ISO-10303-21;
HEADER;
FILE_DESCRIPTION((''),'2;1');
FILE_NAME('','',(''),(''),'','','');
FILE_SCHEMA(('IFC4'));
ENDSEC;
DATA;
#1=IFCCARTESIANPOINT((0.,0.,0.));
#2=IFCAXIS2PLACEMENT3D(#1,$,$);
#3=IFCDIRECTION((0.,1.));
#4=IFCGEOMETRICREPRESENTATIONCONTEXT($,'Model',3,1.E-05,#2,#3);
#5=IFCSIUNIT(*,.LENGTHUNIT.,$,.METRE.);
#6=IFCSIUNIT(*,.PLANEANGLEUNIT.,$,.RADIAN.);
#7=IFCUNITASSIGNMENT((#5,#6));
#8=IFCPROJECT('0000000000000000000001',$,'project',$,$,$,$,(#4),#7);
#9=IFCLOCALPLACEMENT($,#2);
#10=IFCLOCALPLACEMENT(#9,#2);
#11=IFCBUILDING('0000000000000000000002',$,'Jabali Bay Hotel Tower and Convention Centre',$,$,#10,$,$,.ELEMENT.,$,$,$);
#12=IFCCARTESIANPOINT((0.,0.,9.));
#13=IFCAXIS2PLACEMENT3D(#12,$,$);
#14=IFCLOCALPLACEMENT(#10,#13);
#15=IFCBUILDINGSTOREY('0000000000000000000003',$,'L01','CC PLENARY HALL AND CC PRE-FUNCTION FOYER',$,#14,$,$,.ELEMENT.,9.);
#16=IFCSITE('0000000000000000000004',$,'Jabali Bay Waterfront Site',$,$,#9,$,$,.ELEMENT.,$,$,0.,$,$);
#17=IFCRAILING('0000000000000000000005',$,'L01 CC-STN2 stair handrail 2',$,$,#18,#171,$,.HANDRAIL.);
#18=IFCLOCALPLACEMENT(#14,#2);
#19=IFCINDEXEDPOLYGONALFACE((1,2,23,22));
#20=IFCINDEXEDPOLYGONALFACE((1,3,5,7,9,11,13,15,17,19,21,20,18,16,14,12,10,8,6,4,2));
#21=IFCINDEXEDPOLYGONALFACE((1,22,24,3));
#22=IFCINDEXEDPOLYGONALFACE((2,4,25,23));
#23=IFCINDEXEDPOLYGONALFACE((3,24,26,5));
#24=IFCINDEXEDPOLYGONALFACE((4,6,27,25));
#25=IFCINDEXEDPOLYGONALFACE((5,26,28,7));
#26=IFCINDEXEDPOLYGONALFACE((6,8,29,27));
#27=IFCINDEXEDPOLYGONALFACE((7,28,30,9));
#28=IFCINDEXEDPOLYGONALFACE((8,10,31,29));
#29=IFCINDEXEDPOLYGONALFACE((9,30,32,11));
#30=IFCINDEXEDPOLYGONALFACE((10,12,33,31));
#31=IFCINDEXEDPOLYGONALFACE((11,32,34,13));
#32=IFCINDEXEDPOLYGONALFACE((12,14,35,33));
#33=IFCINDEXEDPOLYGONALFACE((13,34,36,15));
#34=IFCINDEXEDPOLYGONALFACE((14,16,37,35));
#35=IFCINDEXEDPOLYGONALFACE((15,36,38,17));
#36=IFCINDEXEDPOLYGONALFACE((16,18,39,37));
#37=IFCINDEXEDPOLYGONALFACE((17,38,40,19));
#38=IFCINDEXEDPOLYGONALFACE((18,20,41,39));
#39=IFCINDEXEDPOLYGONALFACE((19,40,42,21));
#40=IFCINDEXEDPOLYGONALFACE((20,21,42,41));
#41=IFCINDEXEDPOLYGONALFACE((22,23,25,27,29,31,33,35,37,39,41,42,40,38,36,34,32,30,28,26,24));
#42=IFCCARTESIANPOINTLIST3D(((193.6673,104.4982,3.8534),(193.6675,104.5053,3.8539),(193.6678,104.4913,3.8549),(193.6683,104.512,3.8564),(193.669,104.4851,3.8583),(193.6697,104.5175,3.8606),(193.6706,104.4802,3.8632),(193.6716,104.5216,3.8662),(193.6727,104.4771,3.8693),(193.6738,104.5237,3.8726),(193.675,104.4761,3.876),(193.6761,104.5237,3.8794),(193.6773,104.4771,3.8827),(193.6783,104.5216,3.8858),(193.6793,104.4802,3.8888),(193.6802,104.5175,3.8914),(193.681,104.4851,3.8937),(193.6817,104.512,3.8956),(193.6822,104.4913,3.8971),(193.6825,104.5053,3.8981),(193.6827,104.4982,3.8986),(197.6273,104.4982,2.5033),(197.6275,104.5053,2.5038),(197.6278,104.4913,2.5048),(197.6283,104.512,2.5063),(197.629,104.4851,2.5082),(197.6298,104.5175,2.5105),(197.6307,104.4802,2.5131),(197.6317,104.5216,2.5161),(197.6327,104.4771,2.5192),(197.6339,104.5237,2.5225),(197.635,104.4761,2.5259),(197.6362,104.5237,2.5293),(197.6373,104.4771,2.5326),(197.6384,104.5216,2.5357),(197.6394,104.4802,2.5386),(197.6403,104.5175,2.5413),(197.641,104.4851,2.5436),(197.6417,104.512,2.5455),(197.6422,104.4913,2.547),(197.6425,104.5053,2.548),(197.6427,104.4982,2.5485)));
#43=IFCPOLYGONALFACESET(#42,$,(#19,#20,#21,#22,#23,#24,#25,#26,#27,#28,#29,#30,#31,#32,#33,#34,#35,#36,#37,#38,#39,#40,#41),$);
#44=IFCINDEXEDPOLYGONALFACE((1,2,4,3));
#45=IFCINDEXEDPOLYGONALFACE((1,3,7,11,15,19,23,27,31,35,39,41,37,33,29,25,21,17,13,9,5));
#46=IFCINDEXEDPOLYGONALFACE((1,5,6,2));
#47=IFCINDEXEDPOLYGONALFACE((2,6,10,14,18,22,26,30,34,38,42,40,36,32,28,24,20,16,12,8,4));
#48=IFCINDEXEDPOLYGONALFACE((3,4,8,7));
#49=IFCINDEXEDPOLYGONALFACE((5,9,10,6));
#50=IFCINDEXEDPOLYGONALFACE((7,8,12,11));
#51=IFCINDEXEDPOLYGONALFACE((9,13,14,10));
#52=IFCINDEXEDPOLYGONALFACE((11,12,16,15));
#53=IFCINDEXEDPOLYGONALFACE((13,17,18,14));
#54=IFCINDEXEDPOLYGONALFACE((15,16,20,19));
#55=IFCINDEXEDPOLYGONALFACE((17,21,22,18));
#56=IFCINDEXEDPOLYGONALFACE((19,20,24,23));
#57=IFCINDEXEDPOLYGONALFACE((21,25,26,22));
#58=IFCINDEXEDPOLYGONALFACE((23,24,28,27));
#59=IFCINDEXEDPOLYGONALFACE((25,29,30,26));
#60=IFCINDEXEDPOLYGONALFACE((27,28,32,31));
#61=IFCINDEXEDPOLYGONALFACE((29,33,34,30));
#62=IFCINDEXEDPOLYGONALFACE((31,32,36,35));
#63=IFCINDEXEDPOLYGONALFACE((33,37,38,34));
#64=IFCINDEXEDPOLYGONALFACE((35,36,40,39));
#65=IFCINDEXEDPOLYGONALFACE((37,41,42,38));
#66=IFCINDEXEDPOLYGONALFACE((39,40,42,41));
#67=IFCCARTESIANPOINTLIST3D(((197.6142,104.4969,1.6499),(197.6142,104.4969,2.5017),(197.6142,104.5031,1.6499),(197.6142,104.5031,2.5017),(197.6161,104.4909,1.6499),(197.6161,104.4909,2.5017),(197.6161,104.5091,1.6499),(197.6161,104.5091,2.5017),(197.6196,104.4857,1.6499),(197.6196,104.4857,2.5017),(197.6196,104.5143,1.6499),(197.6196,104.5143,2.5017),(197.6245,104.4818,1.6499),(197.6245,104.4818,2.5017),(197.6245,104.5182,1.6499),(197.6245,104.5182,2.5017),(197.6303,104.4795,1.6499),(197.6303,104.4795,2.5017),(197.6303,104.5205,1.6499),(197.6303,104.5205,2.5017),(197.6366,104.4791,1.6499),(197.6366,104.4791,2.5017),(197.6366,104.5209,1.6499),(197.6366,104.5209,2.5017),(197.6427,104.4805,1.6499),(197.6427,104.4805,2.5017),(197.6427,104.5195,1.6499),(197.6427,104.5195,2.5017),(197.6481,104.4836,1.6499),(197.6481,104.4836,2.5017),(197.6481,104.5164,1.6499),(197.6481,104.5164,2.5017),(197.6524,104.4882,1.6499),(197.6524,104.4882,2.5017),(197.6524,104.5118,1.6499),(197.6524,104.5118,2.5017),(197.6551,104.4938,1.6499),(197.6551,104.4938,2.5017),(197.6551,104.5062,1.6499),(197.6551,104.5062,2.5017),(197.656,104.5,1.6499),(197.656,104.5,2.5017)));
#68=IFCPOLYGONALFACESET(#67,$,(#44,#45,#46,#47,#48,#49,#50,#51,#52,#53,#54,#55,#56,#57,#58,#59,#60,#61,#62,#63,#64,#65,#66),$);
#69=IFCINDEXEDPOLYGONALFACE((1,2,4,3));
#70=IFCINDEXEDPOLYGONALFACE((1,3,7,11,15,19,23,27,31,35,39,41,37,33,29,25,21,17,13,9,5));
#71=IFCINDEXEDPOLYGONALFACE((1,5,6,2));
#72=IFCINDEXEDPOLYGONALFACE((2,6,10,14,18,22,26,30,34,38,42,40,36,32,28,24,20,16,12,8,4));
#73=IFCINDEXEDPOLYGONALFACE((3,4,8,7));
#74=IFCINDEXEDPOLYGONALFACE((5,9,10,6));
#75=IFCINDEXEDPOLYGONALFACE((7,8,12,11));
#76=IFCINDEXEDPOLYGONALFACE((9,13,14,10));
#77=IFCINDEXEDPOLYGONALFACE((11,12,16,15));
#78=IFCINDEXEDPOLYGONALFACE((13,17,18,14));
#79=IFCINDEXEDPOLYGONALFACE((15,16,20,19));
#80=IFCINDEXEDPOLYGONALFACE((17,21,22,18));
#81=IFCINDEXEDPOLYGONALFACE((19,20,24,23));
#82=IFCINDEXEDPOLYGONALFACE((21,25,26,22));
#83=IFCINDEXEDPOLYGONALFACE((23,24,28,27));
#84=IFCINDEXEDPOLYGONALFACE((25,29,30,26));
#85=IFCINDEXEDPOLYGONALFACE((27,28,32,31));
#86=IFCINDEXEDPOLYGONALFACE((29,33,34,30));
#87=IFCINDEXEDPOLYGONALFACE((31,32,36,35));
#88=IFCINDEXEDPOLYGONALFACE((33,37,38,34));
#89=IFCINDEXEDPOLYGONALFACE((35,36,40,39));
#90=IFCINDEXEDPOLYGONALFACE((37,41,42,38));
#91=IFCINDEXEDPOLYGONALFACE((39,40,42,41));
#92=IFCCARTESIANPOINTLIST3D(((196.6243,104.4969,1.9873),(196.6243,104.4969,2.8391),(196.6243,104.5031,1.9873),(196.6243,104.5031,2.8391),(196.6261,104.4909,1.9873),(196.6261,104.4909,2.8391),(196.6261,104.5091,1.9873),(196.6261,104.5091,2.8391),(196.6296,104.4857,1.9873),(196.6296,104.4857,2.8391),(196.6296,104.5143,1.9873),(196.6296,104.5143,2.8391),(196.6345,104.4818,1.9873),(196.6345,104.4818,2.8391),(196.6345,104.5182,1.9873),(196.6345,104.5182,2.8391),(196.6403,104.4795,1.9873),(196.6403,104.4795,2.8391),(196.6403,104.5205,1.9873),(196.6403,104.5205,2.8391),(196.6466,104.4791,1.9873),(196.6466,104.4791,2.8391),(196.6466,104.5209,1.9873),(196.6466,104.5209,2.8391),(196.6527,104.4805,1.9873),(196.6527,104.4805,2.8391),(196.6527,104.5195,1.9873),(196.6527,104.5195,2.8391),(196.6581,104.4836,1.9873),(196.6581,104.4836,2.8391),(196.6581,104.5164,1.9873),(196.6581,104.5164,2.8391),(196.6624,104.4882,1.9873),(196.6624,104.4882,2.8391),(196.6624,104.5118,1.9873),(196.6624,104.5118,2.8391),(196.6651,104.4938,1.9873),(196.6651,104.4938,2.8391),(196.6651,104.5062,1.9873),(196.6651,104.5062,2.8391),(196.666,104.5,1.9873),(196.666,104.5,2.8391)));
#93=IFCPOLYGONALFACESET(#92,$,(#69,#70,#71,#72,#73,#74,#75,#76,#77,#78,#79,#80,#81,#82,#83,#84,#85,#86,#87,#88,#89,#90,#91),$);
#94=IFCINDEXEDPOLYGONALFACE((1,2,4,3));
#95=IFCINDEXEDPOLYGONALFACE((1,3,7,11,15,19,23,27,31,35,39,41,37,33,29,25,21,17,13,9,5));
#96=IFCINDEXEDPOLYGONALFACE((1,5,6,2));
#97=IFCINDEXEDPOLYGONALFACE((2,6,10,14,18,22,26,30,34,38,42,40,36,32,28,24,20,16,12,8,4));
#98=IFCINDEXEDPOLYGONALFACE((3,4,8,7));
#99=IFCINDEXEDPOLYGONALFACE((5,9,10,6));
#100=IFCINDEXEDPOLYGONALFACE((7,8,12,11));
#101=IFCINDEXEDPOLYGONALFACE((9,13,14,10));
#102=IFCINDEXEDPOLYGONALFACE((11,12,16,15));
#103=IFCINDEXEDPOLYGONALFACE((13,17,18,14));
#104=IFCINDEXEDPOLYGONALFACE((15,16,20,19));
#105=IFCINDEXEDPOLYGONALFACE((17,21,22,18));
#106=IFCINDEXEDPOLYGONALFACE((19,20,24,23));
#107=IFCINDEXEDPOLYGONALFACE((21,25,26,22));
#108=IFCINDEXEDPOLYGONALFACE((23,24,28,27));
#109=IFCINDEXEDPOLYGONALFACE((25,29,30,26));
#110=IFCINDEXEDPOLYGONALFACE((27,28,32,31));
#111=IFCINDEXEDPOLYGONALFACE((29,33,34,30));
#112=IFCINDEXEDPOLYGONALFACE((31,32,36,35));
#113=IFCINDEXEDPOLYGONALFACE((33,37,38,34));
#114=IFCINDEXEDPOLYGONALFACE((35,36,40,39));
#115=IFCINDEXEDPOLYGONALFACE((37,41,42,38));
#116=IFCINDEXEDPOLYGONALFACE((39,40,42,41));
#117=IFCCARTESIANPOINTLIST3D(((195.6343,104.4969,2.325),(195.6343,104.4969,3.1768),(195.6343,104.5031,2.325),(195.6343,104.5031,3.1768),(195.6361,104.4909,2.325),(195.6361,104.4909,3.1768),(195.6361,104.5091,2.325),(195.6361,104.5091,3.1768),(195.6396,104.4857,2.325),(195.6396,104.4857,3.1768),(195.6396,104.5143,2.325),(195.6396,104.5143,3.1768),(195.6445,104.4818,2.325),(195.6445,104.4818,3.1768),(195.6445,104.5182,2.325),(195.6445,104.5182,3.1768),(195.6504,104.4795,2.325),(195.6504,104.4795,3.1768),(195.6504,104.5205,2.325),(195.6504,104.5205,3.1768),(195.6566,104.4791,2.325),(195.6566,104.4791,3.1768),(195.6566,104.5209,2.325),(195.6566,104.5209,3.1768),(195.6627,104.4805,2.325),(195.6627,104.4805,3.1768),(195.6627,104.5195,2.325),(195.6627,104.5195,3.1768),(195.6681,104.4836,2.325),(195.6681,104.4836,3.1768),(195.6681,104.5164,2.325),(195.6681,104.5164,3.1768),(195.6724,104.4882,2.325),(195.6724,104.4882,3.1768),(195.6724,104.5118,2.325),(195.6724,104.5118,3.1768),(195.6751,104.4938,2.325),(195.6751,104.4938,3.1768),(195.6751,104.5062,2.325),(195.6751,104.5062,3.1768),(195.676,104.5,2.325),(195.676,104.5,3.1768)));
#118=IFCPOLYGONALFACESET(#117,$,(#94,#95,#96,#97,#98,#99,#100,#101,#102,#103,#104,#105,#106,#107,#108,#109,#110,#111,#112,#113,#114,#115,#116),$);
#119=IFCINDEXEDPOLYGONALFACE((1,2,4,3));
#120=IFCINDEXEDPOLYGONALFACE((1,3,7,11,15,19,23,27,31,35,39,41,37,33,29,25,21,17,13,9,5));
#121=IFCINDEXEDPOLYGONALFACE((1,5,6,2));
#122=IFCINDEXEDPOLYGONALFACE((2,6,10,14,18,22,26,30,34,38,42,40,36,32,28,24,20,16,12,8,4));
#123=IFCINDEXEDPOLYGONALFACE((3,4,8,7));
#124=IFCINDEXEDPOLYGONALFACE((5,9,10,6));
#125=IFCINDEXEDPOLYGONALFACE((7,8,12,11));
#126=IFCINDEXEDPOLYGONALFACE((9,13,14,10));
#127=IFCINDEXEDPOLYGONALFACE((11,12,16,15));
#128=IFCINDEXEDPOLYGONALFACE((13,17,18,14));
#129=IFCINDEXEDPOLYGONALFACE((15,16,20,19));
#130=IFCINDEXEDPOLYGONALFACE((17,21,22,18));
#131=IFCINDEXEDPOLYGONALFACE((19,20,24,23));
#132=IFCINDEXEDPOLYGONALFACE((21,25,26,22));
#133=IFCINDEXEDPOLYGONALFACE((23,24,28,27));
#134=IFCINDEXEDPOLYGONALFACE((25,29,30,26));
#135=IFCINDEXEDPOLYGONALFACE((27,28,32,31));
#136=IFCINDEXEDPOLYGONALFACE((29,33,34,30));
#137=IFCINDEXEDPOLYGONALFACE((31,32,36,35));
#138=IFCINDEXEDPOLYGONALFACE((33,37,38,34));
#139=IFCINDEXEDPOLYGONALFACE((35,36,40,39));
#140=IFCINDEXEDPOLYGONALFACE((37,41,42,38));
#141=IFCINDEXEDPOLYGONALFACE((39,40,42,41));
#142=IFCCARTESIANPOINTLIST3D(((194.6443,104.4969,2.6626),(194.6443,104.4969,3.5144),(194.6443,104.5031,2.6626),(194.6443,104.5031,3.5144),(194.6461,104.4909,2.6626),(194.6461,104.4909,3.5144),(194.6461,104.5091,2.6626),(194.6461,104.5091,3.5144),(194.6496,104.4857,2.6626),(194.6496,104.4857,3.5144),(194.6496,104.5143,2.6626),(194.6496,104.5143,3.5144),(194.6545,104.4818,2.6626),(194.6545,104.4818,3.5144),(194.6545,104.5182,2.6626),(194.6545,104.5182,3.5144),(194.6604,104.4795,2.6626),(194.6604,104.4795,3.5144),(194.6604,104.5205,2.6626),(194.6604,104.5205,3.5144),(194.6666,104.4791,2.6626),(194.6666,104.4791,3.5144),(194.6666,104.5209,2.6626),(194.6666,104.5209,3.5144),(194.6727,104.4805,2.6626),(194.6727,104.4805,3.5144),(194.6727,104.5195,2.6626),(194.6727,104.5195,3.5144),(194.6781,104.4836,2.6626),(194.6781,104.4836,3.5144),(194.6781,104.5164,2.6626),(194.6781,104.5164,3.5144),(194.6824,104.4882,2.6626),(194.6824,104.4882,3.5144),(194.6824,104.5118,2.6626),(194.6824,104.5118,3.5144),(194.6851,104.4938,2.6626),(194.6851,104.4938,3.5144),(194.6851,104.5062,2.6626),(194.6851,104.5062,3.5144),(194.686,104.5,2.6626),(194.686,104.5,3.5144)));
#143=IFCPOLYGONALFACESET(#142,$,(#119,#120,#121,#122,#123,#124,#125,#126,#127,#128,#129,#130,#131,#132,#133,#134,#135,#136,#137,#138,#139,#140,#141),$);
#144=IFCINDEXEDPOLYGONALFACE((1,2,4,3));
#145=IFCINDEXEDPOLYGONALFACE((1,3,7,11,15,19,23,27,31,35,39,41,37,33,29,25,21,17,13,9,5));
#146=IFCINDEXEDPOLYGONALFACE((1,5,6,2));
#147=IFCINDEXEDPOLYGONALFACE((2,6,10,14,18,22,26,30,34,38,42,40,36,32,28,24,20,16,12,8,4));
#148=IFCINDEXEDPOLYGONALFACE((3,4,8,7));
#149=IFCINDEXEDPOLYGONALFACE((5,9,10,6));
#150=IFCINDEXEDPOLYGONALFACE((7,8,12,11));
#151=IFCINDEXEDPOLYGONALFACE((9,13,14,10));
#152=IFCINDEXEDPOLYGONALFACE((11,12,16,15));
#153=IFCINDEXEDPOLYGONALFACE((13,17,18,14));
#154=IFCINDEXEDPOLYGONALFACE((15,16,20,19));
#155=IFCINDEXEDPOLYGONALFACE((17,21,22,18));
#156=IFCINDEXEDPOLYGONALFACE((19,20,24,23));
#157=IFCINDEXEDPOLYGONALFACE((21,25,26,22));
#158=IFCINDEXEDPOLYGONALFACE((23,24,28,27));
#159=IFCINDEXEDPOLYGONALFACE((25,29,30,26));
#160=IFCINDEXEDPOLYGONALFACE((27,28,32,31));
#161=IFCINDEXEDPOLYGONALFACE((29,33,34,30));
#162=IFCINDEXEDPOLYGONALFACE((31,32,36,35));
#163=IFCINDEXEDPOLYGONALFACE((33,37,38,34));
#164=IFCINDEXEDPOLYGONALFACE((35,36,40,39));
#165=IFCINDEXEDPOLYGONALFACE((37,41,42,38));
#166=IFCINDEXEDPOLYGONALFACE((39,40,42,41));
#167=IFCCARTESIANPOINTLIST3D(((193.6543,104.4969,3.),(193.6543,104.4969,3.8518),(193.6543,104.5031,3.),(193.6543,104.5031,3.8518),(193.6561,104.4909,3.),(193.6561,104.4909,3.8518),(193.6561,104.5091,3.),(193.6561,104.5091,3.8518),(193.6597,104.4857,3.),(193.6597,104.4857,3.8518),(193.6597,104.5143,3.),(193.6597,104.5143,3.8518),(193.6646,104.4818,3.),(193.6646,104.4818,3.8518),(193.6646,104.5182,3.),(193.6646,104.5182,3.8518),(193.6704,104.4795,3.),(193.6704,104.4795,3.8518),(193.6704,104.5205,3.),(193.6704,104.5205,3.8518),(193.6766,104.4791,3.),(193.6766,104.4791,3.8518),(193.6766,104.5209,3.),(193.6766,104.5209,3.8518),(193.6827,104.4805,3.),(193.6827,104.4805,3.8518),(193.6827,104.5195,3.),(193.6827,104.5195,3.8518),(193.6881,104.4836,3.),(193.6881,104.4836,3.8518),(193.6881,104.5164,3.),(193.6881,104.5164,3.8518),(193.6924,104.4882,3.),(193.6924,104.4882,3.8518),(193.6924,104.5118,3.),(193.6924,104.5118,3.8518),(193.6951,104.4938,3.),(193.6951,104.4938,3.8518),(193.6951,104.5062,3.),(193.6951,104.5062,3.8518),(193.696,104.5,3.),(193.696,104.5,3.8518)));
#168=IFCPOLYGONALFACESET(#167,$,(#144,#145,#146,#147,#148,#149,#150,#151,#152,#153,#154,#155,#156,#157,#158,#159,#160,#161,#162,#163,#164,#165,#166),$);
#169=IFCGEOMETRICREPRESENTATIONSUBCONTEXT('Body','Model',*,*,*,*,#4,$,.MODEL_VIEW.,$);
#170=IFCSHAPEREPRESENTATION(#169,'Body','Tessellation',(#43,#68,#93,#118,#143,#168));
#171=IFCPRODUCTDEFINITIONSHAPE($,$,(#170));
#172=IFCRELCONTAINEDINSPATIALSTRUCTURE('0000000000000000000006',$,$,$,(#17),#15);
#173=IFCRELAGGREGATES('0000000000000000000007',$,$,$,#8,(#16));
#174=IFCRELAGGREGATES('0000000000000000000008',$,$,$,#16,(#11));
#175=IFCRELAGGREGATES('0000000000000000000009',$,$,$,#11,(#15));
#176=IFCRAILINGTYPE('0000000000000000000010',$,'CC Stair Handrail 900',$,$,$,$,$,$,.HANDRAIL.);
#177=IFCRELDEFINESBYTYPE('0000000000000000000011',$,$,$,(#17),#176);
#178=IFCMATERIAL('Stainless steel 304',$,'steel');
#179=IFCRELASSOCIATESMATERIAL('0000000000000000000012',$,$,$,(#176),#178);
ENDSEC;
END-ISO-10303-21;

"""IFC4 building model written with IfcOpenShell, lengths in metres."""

from ifc_helpers import new_model, si_unit, direction, frame, origin, origin_2d, place, context, subcontext, project, spatial, circle, extrude, material, type_object, element, save


model = new_model("IFC4")

# Units and contexts
model_context = context("Model", 3, precision=1e-05, world=origin(), true_north=direction((0.0, 1.0)))
body_context = subcontext(model_context, "Body", "Model", "MODEL_VIEW")
ifc_project = project(units=[si_unit("LENGTHUNIT", "METRE"), si_unit("PLANEANGLEUNIT", "RADIAN")], contexts=[model_context])

# Site, building, storey
site_placement = place(None, origin())
site = spatial("IfcSite", under=ifc_project, at=site_placement, Name="Jabali Bay Waterfront Site", CompositionType="ELEMENT", RefElevation=0.0)
building_placement = place(site_placement, origin())
building = spatial("IfcBuilding", under=site, at=building_placement, Name="Jabali Bay Hotel Tower and Convention Centre", CompositionType="ELEMENT")
storey_placement = place(building_placement, frame((0.0, 0.0, 9.0)))
storey = spatial("IfcBuildingStorey", under=building, at=storey_placement, Name="L01", Description="CC PLENARY HALL AND CC PRE-FUNCTION FOYER", CompositionType="ELEMENT", Elevation=9.0)

# Railing
ifc_material_1 = material(Name="Stainless steel 304", Category="steel")
railing_type_1 = type_object("IfcRailingType", Name="CC Stair Handrail 900", PredefinedType="HANDRAIL", material=ifc_material_1)
railing_1_placement = place(storey_placement, frame((197.635, 104.5, 1.6499)))
element("IfcRailing", 1, at=railing_1_placement, inside=storey, type_object=railing_type_1, Name="L01 CC-STN2 stair handrail 2", PredefinedType="HANDRAIL", context=body_context, shape_type="SweptSolid", body=[
    extrude(circle(Radius=0.0239, at=origin_2d()), frame((0.0, 0.0, 0.876), z_axis=(-0.946502, 0.0, 0.322698), x_axis=(0.0, -1.0, 0.0)), (0.0, 0.0, 1.0), 4.1838),
    extrude(circle(Radius=0.021, at=origin_2d()), origin(), (0.0, 0.0, 1.0), 0.8518),
    extrude(circle(Radius=0.021, at=origin_2d()), frame((-0.99, 0.0, 0.3374)), (0.0, 0.0, 1.0), 0.8518),
    extrude(circle(Radius=0.021, at=origin_2d()), frame((-1.98, 0.0, 0.675)), (0.0, 0.0, 1.0), 0.8518),
    extrude(circle(Radius=0.021, at=origin_2d()), frame((-2.97, 0.0, 1.0127)), (0.0, 0.0, 1.0), 0.8518),
    extrude(circle(Radius=0.021, at=origin_2d()), frame((-3.96, 0.0, 1.3501)), (0.0, 0.0, 1.0), 0.8518),
])

save(model, "model.ifc")
